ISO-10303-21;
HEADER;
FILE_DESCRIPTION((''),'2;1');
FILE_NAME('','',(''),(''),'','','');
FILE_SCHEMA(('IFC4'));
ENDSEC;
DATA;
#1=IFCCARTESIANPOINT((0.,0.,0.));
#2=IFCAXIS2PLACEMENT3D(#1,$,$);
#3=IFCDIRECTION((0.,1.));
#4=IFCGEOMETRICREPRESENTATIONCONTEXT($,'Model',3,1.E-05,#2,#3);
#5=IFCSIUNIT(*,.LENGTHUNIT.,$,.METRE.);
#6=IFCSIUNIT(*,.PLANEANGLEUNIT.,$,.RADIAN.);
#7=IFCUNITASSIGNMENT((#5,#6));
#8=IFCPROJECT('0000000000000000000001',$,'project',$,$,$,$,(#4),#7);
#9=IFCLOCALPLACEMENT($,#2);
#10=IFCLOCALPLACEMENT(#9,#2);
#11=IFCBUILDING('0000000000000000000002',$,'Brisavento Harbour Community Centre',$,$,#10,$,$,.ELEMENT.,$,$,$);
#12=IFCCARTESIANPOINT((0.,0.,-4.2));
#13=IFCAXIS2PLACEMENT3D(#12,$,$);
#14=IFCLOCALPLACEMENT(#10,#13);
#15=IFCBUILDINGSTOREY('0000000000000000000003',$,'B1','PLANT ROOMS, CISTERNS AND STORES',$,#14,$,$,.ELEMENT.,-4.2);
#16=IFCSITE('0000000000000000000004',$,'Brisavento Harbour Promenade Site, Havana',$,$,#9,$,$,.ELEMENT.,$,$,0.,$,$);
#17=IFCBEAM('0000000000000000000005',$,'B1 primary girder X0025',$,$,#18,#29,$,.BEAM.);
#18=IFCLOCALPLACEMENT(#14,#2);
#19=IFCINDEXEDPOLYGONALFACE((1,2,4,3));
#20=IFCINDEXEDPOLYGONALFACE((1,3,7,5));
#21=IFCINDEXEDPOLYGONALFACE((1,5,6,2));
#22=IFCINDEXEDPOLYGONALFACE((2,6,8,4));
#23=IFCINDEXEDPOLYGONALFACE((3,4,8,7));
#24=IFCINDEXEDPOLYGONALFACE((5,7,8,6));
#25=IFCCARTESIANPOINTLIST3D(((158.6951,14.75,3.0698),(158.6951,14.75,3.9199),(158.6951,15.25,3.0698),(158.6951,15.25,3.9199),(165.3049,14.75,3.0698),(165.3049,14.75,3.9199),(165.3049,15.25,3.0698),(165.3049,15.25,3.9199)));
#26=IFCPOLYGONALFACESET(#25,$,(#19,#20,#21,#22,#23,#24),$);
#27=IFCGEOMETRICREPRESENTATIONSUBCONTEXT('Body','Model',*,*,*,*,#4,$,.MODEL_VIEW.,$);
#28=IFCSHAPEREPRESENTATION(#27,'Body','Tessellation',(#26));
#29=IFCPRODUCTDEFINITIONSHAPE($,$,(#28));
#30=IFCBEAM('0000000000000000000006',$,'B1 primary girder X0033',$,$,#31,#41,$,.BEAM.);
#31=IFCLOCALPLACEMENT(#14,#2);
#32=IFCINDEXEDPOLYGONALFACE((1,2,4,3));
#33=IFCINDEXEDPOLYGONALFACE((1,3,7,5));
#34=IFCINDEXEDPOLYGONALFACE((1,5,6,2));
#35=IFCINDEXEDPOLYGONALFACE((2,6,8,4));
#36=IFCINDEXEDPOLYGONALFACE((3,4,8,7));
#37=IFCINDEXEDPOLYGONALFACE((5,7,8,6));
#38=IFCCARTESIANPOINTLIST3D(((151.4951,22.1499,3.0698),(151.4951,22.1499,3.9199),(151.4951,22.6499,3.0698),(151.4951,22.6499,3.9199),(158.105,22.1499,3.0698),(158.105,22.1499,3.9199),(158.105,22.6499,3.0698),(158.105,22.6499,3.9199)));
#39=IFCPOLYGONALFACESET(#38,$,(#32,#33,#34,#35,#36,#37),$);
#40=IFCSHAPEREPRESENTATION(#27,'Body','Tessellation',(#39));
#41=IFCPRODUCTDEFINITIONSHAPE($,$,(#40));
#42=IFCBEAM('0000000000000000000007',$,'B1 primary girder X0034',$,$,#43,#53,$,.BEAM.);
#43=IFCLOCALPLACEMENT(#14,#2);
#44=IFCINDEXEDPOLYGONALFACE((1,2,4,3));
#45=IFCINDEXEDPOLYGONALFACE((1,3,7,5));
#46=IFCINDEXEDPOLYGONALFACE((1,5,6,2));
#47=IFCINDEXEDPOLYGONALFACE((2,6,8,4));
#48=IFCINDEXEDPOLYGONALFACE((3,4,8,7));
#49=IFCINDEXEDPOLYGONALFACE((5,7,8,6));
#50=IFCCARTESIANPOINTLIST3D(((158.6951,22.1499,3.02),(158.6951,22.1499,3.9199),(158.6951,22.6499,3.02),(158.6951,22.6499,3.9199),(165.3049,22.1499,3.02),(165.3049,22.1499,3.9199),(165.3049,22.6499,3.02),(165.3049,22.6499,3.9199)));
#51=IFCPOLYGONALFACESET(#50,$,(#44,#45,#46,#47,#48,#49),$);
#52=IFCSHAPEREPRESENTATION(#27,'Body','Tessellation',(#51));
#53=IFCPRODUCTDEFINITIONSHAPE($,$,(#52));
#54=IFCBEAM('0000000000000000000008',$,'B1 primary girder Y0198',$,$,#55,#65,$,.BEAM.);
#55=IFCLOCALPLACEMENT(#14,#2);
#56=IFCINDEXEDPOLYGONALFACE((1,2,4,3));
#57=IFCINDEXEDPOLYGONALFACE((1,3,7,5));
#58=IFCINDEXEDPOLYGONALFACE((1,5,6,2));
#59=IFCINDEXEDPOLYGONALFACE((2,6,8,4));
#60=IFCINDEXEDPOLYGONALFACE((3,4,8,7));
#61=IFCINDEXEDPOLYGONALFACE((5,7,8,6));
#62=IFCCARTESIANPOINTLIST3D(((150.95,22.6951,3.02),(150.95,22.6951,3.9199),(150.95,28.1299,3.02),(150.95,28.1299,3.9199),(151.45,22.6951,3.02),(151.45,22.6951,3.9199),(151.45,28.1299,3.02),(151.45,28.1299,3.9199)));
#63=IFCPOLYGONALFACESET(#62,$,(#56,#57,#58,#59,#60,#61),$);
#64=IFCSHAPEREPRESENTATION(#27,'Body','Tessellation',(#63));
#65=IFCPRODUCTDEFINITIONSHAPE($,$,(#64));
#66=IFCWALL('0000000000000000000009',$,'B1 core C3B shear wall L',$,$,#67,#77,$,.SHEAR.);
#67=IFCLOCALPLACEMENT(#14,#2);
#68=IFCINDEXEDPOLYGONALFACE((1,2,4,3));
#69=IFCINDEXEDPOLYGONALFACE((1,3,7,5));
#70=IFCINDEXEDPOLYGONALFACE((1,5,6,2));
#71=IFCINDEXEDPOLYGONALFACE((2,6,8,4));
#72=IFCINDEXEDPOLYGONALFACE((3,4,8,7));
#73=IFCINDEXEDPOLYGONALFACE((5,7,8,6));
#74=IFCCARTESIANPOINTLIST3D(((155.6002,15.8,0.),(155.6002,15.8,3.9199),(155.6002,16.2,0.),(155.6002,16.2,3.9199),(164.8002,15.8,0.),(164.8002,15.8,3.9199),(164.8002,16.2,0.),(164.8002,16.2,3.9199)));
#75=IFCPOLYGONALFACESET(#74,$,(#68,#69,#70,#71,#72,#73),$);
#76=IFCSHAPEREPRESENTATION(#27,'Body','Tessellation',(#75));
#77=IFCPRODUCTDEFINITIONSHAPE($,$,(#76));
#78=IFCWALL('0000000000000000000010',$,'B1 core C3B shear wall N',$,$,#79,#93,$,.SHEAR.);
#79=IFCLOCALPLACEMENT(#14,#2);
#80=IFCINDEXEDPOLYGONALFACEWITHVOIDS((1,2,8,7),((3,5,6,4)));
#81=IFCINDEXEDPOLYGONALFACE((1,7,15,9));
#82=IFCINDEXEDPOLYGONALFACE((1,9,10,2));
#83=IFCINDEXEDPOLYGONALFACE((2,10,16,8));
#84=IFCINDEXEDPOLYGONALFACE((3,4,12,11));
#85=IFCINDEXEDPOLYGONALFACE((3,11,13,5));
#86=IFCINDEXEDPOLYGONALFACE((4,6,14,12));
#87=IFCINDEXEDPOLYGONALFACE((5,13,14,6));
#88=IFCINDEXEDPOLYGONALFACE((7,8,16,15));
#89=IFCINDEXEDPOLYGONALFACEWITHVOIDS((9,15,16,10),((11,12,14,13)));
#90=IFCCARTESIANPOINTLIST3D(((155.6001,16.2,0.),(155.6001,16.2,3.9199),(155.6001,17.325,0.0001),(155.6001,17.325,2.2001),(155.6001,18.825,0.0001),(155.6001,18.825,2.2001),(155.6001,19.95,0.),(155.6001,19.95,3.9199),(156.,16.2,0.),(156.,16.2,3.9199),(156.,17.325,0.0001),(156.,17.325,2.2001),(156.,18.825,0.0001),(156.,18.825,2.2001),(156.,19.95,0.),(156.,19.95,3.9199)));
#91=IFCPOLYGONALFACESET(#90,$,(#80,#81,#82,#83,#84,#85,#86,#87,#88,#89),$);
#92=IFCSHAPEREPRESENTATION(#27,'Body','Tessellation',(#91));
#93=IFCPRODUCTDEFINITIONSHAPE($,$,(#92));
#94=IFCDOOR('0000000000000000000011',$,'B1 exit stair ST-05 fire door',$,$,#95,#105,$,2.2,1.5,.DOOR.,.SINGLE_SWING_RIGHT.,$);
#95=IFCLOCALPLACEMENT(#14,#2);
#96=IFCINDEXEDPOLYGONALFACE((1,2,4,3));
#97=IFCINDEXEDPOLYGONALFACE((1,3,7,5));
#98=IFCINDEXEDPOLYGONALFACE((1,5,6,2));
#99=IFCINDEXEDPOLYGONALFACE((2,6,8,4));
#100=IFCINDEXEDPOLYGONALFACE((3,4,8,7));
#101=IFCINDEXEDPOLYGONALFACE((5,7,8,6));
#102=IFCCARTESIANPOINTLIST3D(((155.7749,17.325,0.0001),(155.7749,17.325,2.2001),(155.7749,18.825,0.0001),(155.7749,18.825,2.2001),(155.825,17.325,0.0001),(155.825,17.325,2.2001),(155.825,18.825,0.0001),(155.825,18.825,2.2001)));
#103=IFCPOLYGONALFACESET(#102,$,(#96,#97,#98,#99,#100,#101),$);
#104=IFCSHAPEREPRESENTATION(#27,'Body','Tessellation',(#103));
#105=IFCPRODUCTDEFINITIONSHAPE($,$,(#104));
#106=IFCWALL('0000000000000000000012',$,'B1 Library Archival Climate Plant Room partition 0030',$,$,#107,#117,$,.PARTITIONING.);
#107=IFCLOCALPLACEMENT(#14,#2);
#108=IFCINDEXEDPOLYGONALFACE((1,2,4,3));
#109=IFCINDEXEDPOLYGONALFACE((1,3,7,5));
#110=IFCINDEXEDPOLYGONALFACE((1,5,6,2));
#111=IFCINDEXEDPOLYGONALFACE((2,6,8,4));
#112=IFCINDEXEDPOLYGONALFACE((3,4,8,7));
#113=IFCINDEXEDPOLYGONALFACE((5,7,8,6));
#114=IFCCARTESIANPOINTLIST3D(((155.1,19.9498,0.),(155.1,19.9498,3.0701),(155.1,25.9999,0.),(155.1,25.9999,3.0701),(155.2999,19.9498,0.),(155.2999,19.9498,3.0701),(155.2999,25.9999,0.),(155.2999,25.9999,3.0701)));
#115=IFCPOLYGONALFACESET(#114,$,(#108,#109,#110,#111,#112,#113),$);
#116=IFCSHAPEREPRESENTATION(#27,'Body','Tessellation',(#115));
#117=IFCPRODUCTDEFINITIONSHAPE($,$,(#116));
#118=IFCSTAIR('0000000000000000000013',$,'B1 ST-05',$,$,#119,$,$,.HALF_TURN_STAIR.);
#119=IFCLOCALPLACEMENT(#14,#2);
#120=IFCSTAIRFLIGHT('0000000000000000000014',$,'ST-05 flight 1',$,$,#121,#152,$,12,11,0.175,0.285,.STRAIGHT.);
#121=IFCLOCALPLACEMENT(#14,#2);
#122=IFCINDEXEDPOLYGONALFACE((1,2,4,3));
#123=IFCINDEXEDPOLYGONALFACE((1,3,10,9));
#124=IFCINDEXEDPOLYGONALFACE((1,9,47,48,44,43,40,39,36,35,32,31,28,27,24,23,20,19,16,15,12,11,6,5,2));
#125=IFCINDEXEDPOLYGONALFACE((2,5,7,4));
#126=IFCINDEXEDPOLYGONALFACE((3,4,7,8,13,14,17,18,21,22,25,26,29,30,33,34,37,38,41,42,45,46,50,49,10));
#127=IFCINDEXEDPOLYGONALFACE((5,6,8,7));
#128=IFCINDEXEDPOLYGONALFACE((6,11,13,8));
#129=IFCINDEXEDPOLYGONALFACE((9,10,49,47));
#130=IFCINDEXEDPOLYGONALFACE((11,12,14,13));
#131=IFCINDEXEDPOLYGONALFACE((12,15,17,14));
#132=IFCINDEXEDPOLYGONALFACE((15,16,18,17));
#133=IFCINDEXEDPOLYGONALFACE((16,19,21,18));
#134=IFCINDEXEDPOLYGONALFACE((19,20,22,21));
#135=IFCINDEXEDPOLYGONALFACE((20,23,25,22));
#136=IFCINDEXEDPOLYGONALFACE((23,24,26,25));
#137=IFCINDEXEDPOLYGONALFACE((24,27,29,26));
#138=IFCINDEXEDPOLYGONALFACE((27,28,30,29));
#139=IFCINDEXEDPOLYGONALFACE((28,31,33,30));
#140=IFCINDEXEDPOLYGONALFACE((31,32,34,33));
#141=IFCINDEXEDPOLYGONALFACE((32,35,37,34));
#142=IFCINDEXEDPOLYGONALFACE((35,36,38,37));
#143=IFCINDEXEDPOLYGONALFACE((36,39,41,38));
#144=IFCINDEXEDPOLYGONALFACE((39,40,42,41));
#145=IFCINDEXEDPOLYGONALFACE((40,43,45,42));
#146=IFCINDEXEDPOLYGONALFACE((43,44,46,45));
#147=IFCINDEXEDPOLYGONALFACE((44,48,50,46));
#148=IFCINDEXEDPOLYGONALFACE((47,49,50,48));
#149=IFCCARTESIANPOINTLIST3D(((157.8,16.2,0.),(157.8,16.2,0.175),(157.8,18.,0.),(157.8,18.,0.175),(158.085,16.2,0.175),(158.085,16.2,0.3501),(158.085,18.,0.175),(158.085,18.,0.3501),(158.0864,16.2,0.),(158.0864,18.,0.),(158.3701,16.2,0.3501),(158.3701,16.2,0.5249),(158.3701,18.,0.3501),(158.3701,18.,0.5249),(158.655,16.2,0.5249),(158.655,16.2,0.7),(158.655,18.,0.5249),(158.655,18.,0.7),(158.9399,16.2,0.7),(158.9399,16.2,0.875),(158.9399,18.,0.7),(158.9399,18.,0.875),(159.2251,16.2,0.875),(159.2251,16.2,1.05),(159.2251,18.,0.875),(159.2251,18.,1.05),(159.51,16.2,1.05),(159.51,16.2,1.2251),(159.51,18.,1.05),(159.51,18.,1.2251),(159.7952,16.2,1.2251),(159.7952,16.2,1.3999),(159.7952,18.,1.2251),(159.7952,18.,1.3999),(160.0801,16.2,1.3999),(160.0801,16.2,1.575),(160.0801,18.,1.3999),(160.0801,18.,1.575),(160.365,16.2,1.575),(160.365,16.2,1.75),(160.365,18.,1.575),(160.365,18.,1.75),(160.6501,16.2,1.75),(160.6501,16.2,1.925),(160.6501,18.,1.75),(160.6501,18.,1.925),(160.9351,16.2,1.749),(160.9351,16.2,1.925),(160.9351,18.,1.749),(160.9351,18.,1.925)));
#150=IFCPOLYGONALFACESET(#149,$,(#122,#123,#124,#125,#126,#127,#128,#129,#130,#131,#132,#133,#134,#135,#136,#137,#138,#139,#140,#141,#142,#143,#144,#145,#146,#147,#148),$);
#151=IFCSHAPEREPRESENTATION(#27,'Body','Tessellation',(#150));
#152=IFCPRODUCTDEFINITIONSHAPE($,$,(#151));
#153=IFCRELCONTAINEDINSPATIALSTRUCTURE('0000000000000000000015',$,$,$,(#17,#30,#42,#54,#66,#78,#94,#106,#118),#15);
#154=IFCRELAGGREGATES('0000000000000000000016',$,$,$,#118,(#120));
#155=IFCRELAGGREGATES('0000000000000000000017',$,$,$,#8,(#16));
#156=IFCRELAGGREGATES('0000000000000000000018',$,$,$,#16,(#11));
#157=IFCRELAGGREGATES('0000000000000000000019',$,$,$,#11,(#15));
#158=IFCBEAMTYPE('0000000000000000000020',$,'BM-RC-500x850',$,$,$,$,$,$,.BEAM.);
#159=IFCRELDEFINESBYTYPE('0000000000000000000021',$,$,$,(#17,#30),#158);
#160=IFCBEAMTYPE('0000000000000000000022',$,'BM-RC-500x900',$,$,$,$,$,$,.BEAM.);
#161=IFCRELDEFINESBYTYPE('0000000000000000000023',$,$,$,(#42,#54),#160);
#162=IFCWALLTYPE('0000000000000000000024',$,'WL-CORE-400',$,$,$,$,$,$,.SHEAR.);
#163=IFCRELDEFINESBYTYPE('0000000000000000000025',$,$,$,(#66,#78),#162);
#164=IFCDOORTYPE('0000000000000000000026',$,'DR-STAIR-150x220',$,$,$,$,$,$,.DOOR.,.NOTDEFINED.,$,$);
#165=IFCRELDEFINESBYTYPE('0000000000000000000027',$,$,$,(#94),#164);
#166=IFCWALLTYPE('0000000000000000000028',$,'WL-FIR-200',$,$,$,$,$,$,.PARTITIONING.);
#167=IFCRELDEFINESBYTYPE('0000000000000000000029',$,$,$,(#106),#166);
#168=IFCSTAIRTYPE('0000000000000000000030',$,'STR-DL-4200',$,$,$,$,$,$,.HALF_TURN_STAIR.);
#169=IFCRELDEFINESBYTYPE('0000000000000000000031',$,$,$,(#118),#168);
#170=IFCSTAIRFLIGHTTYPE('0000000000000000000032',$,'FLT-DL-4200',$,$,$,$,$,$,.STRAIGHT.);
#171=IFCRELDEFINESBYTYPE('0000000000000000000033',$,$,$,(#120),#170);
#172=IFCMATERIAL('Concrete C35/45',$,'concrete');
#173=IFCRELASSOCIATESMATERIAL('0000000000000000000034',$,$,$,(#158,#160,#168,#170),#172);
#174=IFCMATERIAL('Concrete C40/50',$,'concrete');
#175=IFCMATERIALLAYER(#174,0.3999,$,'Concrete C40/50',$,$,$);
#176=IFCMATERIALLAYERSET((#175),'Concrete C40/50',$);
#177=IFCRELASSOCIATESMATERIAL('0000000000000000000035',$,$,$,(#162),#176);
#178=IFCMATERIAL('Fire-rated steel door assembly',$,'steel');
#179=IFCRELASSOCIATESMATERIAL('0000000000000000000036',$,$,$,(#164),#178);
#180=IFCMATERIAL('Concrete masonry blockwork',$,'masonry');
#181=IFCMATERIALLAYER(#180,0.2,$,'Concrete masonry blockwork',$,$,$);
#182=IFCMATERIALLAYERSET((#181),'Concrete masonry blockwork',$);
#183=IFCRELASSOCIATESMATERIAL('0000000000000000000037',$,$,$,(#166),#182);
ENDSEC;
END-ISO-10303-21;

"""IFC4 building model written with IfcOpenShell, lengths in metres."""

from ifc_helpers import new_model, si_unit, direction, frame, frame_2d, origin, origin_2d, place, context, subcontext, project, spatial, polyline, rectangle, outline, extrude, material, layer, layer_set, material_profile, profile_set, type_object, element, fill, aggregate, save


model = new_model("IFC4")

# Units and contexts
model_context = context("Model", 3, precision=1e-05, world=origin(), true_north=direction((0.0, 1.0)))
body_context = subcontext(model_context, "Body", "Model", "MODEL_VIEW")
ifc_project = project(units=[si_unit("LENGTHUNIT", "METRE"), si_unit("PLANEANGLEUNIT", "RADIAN")], contexts=[model_context])

# Site, building, storey
site_placement = place(None, origin())
site = spatial("IfcSite", under=ifc_project, at=site_placement, Name="Brisavento Harbour Promenade Site, Havana", CompositionType="ELEMENT", RefElevation=0.0)
building_placement = place(site_placement, origin())
building = spatial("IfcBuilding", under=site, at=building_placement, Name="Brisavento Harbour Community Centre", CompositionType="ELEMENT")
storey_placement = place(building_placement, frame((0.0, 0.0, -4.2)))
storey = spatial("IfcBuildingStorey", under=building, at=storey_placement, Name="B1", Description="PLANT ROOMS, CISTERNS AND STORES", CompositionType="ELEMENT", Elevation=-4.2)

# Shared definitions
ifc_material_1 = material(Name="Concrete C35/45", Category="concrete")

# Shared definitions
ifc_material_2 = material(Name="Concrete C40/50", Category="concrete")

# Beams
ifc_material_profile_1 = material_profile(ifc_material_1, rectangle(XDim=0.5, YDim=0.8501, at=origin_2d()), Name="Concrete C35/45")
ifc_profile_set_1 = profile_set([ifc_material_profile_1], Name="Concrete C35/45")
beam_type_1 = type_object("IfcBeamType", Name="BM-RC-500x850", PredefinedType="BEAM", material=ifc_profile_set_1)
for number, where, z_axis, x_axis, name in (
    (1, (158.6951, 15.0, 3.4949), (1.0, 0.0, 0.0), (0.0, 1.0, 0.0), "B1 primary girder X0025"),
    (2, (151.4951, 22.3999, 3.4949), (1.0, 0.0, 0.0), (0.0, 1.0, 0.0), "B1 primary girder X0033"),
):
    element("IfcBeam", number, at=place(storey_placement, frame(where, z_axis=z_axis, x_axis=x_axis)), inside=storey, type_object=beam_type_1, Name=name, PredefinedType="BEAM", context=body_context, shape_type="SweptSolid", body=[
        extrude(rectangle(XDim=0.5, YDim=0.8501, at=origin_2d()), origin(), (0.0, 0.0, 1.0), 6.6099),
    ])
ifc_material_profile_2 = material_profile(ifc_material_1, rectangle(XDim=0.5, YDim=0.8999, at=origin_2d()), Name="Concrete C35/45")
ifc_profile_set_2 = profile_set([ifc_material_profile_2], Name="Concrete C35/45")
beam_type_2 = type_object("IfcBeamType", Name="BM-RC-500x900", PredefinedType="BEAM", material=ifc_profile_set_2)
beam_1_placement = place(storey_placement, frame((158.6951, 22.3999, 3.47), z_axis=(1.0, 0.0, 0.0), x_axis=(0.0, 1.0, 0.0)))
element("IfcBeam", 3, at=beam_1_placement, inside=storey, type_object=beam_type_2, Name="B1 primary girder X0034", PredefinedType="BEAM", context=body_context, shape_type="SweptSolid", body=[
    extrude(rectangle(XDim=0.5, YDim=0.8999, at=origin_2d()), origin(), (0.0, 0.0, 1.0), 6.6099),
])
beam_2_placement = place(storey_placement, frame((151.2, 22.6951, 3.47), z_axis=(0.0, 1.0, 0.0), x_axis=(-1.0, 0.0, 0.0)))
element("IfcBeam", 4, at=beam_2_placement, inside=storey, type_object=beam_type_2, Name="B1 primary girder Y0198", PredefinedType="BEAM", context=body_context, shape_type="SweptSolid", body=[
    extrude(rectangle(XDim=0.5, YDim=0.8999, at=origin_2d()), origin(), (0.0, 0.0, 1.0), 5.4348),
])

# Wall
ifc_layer_1 = layer(ifc_material_2, 0.3999, Name="Concrete C40/50")
ifc_layer_set_1 = layer_set([ifc_layer_1], Name="Concrete C40/50")
wall_type_1 = type_object("IfcWallType", Name="WL-CORE-400", PredefinedType="SHEAR", material=ifc_layer_set_1)
wall_1_placement = place(storey_placement, frame((155.6001, 16.0, 0.0), z_axis=(0.0, 0.0, 1.0), x_axis=(1.0, 0.0, 0.0)))
element("IfcWall", 5, at=wall_1_placement, inside=storey, type_object=wall_type_1, Name="B1 core C3B shear wall L", PredefinedType="SHEAR", context=body_context, shape_type="SweptSolid", body=[
    extrude(rectangle(XDim=9.2, YDim=0.3999, at=frame_2d((4.6001, 0.0))), origin(), (0.0, 0.0, 1.0), 3.9199),
])

# Wall, opening, door
wall_2_placement = place(storey_placement, frame((155.8, 19.95, 0.0), z_axis=(0.0, 0.0, 1.0), x_axis=(0.0, -1.0, 0.0)))
wall_2 = element("IfcWall", 6, at=wall_2_placement, inside=storey, type_object=wall_type_1, Name="B1 core C3B shear wall N", PredefinedType="SHEAR", context=body_context, shape_type="SweptSolid", body=[
    extrude(rectangle(XDim=3.75, YDim=0.3999, at=frame_2d((1.875, 0.0))), origin(), (0.0, 0.0, 1.0), 3.9199),
])
opening_placement = place(wall_2_placement, frame((1.125, 0.0, 0.0)))
opening = element("IfcOpeningElement", 7, at=opening_placement, cuts=wall_2, PredefinedType="OPENING", context=body_context, shape_type="SweptSolid", body=[
    extrude(rectangle(XDim=1.5, YDim=2.2, at=frame_2d((0.75, 1.1001))), frame((0.0, 0.21, 0.0), z_axis=(0.0, -1.0, 0.0), x_axis=(1.0, 0.0, 0.0)), (0.0, 0.0, 1.0), 0.4199),
])
ifc_material_3 = material(Name="Fire-rated steel door assembly", Category="steel")
door_type = type_object("IfcDoorType", Name="DR-STAIR-150x220", OperationType="NOTDEFINED", PredefinedType="DOOR", material=ifc_material_3)
door_placement = place(opening_placement, origin())
door = element("IfcDoor", 8, at=door_placement, inside=storey, type_object=door_type, Name="B1 exit stair ST-05 fire door", OperationType="SINGLE_SWING_RIGHT", OverallHeight=2.2, OverallWidth=1.5, PredefinedType="DOOR", context=body_context, shape_type="SweptSolid", body=[
    extrude(rectangle(XDim=1.5, YDim=2.2, at=frame_2d((0.75, 1.1001))), frame((0.0, 0.0249, 0.0), z_axis=(0.0, -1.0, 0.0), x_axis=(1.0, 0.0, 0.0)), (0.0, 0.0, 1.0), 0.05),
])
fill(opening, door)

# Wall
ifc_material_4 = material(Name="Concrete masonry blockwork", Category="masonry")
ifc_layer_2 = layer(ifc_material_4, 0.2, Name="Concrete masonry blockwork")
ifc_layer_set_2 = layer_set([ifc_layer_2], Name="Concrete masonry blockwork")
wall_type_2 = type_object("IfcWallType", Name="WL-FIR-200", PredefinedType="PARTITIONING", material=ifc_layer_set_2)
wall_3_placement = place(storey_placement, frame((155.2, 19.95, 0.0), z_axis=(0.0, 0.0, 1.0), x_axis=(0.0, 1.0, 0.0)))
element("IfcWall", 9, at=wall_3_placement, inside=storey, type_object=wall_type_2, Name="B1 Library Archival Climate Plant Room partition 0030", PredefinedType="PARTITIONING", context=body_context, shape_type="SweptSolid", body=[
    extrude(rectangle(XDim=6.05, YDim=0.2, at=frame_2d((3.0249, 0.0))), origin(), (0.0, 0.0, 1.0), 3.0701),
])

# Stair, stair flight
stair_type = type_object("IfcStairType", Name="STR-DL-4200", PredefinedType="HALF_TURN_STAIR", material=ifc_material_1)
stair_placement = place(storey_placement, origin())
stair = element("IfcStair", 10, at=stair_placement, inside=storey, type_object=stair_type, Name="B1 ST-05", PredefinedType="HALF_TURN_STAIR")
stair_flight_type = type_object("IfcStairFlightType", Name="FLT-DL-4200", PredefinedType="STRAIGHT", material=ifc_material_1)
stair_flight_placement = place(storey_placement, frame((157.8, 17.1001, 0.0), z_axis=(0.0, 0.0, 1.0), x_axis=(1.0, 0.0, 0.0)))
stair_flight = element("IfcStairFlight", 11, at=stair_flight_placement, type_object=stair_flight_type, Name="ST-05 flight 1", NumberOfRisers=12, NumberOfTreads=11, PredefinedType="STRAIGHT", RiserHeight=0.175, TreadLength=0.285, context=body_context, shape_type="SweptSolid", body=[
    extrude(outline(polyline([(0.0, 0.0), (0.0, 0.175), (0.2849, 0.175), (0.2849, 0.3501), (0.5701, 0.3501), (0.5701, 0.5249), (0.855, 0.5249), (0.855, 0.7), (1.1399, 0.7), (1.1399, 0.875), (1.425, 0.875), (1.425, 1.05), (1.71, 1.05), (1.71, 1.2251), (1.9951, 1.2251), (1.9951, 1.3999), (2.28, 1.3999), (2.28, 1.575), (2.5649, 1.575), (2.5649, 1.75), (2.8501, 1.75), (2.8501, 1.925), (3.135, 1.925), (3.135, 2.1001), (3.135, 1.749), (0.2864, 0.0), (0.0, 0.0)])), frame((0.0, 0.8999, 0.0), z_axis=(0.0, -1.0, 0.0), x_axis=(1.0, 0.0, 0.0)), (0.0, 0.0, 1.0), 1.8),
])
aggregate(stair, [stair_flight])

save(model, "model.ifc")
